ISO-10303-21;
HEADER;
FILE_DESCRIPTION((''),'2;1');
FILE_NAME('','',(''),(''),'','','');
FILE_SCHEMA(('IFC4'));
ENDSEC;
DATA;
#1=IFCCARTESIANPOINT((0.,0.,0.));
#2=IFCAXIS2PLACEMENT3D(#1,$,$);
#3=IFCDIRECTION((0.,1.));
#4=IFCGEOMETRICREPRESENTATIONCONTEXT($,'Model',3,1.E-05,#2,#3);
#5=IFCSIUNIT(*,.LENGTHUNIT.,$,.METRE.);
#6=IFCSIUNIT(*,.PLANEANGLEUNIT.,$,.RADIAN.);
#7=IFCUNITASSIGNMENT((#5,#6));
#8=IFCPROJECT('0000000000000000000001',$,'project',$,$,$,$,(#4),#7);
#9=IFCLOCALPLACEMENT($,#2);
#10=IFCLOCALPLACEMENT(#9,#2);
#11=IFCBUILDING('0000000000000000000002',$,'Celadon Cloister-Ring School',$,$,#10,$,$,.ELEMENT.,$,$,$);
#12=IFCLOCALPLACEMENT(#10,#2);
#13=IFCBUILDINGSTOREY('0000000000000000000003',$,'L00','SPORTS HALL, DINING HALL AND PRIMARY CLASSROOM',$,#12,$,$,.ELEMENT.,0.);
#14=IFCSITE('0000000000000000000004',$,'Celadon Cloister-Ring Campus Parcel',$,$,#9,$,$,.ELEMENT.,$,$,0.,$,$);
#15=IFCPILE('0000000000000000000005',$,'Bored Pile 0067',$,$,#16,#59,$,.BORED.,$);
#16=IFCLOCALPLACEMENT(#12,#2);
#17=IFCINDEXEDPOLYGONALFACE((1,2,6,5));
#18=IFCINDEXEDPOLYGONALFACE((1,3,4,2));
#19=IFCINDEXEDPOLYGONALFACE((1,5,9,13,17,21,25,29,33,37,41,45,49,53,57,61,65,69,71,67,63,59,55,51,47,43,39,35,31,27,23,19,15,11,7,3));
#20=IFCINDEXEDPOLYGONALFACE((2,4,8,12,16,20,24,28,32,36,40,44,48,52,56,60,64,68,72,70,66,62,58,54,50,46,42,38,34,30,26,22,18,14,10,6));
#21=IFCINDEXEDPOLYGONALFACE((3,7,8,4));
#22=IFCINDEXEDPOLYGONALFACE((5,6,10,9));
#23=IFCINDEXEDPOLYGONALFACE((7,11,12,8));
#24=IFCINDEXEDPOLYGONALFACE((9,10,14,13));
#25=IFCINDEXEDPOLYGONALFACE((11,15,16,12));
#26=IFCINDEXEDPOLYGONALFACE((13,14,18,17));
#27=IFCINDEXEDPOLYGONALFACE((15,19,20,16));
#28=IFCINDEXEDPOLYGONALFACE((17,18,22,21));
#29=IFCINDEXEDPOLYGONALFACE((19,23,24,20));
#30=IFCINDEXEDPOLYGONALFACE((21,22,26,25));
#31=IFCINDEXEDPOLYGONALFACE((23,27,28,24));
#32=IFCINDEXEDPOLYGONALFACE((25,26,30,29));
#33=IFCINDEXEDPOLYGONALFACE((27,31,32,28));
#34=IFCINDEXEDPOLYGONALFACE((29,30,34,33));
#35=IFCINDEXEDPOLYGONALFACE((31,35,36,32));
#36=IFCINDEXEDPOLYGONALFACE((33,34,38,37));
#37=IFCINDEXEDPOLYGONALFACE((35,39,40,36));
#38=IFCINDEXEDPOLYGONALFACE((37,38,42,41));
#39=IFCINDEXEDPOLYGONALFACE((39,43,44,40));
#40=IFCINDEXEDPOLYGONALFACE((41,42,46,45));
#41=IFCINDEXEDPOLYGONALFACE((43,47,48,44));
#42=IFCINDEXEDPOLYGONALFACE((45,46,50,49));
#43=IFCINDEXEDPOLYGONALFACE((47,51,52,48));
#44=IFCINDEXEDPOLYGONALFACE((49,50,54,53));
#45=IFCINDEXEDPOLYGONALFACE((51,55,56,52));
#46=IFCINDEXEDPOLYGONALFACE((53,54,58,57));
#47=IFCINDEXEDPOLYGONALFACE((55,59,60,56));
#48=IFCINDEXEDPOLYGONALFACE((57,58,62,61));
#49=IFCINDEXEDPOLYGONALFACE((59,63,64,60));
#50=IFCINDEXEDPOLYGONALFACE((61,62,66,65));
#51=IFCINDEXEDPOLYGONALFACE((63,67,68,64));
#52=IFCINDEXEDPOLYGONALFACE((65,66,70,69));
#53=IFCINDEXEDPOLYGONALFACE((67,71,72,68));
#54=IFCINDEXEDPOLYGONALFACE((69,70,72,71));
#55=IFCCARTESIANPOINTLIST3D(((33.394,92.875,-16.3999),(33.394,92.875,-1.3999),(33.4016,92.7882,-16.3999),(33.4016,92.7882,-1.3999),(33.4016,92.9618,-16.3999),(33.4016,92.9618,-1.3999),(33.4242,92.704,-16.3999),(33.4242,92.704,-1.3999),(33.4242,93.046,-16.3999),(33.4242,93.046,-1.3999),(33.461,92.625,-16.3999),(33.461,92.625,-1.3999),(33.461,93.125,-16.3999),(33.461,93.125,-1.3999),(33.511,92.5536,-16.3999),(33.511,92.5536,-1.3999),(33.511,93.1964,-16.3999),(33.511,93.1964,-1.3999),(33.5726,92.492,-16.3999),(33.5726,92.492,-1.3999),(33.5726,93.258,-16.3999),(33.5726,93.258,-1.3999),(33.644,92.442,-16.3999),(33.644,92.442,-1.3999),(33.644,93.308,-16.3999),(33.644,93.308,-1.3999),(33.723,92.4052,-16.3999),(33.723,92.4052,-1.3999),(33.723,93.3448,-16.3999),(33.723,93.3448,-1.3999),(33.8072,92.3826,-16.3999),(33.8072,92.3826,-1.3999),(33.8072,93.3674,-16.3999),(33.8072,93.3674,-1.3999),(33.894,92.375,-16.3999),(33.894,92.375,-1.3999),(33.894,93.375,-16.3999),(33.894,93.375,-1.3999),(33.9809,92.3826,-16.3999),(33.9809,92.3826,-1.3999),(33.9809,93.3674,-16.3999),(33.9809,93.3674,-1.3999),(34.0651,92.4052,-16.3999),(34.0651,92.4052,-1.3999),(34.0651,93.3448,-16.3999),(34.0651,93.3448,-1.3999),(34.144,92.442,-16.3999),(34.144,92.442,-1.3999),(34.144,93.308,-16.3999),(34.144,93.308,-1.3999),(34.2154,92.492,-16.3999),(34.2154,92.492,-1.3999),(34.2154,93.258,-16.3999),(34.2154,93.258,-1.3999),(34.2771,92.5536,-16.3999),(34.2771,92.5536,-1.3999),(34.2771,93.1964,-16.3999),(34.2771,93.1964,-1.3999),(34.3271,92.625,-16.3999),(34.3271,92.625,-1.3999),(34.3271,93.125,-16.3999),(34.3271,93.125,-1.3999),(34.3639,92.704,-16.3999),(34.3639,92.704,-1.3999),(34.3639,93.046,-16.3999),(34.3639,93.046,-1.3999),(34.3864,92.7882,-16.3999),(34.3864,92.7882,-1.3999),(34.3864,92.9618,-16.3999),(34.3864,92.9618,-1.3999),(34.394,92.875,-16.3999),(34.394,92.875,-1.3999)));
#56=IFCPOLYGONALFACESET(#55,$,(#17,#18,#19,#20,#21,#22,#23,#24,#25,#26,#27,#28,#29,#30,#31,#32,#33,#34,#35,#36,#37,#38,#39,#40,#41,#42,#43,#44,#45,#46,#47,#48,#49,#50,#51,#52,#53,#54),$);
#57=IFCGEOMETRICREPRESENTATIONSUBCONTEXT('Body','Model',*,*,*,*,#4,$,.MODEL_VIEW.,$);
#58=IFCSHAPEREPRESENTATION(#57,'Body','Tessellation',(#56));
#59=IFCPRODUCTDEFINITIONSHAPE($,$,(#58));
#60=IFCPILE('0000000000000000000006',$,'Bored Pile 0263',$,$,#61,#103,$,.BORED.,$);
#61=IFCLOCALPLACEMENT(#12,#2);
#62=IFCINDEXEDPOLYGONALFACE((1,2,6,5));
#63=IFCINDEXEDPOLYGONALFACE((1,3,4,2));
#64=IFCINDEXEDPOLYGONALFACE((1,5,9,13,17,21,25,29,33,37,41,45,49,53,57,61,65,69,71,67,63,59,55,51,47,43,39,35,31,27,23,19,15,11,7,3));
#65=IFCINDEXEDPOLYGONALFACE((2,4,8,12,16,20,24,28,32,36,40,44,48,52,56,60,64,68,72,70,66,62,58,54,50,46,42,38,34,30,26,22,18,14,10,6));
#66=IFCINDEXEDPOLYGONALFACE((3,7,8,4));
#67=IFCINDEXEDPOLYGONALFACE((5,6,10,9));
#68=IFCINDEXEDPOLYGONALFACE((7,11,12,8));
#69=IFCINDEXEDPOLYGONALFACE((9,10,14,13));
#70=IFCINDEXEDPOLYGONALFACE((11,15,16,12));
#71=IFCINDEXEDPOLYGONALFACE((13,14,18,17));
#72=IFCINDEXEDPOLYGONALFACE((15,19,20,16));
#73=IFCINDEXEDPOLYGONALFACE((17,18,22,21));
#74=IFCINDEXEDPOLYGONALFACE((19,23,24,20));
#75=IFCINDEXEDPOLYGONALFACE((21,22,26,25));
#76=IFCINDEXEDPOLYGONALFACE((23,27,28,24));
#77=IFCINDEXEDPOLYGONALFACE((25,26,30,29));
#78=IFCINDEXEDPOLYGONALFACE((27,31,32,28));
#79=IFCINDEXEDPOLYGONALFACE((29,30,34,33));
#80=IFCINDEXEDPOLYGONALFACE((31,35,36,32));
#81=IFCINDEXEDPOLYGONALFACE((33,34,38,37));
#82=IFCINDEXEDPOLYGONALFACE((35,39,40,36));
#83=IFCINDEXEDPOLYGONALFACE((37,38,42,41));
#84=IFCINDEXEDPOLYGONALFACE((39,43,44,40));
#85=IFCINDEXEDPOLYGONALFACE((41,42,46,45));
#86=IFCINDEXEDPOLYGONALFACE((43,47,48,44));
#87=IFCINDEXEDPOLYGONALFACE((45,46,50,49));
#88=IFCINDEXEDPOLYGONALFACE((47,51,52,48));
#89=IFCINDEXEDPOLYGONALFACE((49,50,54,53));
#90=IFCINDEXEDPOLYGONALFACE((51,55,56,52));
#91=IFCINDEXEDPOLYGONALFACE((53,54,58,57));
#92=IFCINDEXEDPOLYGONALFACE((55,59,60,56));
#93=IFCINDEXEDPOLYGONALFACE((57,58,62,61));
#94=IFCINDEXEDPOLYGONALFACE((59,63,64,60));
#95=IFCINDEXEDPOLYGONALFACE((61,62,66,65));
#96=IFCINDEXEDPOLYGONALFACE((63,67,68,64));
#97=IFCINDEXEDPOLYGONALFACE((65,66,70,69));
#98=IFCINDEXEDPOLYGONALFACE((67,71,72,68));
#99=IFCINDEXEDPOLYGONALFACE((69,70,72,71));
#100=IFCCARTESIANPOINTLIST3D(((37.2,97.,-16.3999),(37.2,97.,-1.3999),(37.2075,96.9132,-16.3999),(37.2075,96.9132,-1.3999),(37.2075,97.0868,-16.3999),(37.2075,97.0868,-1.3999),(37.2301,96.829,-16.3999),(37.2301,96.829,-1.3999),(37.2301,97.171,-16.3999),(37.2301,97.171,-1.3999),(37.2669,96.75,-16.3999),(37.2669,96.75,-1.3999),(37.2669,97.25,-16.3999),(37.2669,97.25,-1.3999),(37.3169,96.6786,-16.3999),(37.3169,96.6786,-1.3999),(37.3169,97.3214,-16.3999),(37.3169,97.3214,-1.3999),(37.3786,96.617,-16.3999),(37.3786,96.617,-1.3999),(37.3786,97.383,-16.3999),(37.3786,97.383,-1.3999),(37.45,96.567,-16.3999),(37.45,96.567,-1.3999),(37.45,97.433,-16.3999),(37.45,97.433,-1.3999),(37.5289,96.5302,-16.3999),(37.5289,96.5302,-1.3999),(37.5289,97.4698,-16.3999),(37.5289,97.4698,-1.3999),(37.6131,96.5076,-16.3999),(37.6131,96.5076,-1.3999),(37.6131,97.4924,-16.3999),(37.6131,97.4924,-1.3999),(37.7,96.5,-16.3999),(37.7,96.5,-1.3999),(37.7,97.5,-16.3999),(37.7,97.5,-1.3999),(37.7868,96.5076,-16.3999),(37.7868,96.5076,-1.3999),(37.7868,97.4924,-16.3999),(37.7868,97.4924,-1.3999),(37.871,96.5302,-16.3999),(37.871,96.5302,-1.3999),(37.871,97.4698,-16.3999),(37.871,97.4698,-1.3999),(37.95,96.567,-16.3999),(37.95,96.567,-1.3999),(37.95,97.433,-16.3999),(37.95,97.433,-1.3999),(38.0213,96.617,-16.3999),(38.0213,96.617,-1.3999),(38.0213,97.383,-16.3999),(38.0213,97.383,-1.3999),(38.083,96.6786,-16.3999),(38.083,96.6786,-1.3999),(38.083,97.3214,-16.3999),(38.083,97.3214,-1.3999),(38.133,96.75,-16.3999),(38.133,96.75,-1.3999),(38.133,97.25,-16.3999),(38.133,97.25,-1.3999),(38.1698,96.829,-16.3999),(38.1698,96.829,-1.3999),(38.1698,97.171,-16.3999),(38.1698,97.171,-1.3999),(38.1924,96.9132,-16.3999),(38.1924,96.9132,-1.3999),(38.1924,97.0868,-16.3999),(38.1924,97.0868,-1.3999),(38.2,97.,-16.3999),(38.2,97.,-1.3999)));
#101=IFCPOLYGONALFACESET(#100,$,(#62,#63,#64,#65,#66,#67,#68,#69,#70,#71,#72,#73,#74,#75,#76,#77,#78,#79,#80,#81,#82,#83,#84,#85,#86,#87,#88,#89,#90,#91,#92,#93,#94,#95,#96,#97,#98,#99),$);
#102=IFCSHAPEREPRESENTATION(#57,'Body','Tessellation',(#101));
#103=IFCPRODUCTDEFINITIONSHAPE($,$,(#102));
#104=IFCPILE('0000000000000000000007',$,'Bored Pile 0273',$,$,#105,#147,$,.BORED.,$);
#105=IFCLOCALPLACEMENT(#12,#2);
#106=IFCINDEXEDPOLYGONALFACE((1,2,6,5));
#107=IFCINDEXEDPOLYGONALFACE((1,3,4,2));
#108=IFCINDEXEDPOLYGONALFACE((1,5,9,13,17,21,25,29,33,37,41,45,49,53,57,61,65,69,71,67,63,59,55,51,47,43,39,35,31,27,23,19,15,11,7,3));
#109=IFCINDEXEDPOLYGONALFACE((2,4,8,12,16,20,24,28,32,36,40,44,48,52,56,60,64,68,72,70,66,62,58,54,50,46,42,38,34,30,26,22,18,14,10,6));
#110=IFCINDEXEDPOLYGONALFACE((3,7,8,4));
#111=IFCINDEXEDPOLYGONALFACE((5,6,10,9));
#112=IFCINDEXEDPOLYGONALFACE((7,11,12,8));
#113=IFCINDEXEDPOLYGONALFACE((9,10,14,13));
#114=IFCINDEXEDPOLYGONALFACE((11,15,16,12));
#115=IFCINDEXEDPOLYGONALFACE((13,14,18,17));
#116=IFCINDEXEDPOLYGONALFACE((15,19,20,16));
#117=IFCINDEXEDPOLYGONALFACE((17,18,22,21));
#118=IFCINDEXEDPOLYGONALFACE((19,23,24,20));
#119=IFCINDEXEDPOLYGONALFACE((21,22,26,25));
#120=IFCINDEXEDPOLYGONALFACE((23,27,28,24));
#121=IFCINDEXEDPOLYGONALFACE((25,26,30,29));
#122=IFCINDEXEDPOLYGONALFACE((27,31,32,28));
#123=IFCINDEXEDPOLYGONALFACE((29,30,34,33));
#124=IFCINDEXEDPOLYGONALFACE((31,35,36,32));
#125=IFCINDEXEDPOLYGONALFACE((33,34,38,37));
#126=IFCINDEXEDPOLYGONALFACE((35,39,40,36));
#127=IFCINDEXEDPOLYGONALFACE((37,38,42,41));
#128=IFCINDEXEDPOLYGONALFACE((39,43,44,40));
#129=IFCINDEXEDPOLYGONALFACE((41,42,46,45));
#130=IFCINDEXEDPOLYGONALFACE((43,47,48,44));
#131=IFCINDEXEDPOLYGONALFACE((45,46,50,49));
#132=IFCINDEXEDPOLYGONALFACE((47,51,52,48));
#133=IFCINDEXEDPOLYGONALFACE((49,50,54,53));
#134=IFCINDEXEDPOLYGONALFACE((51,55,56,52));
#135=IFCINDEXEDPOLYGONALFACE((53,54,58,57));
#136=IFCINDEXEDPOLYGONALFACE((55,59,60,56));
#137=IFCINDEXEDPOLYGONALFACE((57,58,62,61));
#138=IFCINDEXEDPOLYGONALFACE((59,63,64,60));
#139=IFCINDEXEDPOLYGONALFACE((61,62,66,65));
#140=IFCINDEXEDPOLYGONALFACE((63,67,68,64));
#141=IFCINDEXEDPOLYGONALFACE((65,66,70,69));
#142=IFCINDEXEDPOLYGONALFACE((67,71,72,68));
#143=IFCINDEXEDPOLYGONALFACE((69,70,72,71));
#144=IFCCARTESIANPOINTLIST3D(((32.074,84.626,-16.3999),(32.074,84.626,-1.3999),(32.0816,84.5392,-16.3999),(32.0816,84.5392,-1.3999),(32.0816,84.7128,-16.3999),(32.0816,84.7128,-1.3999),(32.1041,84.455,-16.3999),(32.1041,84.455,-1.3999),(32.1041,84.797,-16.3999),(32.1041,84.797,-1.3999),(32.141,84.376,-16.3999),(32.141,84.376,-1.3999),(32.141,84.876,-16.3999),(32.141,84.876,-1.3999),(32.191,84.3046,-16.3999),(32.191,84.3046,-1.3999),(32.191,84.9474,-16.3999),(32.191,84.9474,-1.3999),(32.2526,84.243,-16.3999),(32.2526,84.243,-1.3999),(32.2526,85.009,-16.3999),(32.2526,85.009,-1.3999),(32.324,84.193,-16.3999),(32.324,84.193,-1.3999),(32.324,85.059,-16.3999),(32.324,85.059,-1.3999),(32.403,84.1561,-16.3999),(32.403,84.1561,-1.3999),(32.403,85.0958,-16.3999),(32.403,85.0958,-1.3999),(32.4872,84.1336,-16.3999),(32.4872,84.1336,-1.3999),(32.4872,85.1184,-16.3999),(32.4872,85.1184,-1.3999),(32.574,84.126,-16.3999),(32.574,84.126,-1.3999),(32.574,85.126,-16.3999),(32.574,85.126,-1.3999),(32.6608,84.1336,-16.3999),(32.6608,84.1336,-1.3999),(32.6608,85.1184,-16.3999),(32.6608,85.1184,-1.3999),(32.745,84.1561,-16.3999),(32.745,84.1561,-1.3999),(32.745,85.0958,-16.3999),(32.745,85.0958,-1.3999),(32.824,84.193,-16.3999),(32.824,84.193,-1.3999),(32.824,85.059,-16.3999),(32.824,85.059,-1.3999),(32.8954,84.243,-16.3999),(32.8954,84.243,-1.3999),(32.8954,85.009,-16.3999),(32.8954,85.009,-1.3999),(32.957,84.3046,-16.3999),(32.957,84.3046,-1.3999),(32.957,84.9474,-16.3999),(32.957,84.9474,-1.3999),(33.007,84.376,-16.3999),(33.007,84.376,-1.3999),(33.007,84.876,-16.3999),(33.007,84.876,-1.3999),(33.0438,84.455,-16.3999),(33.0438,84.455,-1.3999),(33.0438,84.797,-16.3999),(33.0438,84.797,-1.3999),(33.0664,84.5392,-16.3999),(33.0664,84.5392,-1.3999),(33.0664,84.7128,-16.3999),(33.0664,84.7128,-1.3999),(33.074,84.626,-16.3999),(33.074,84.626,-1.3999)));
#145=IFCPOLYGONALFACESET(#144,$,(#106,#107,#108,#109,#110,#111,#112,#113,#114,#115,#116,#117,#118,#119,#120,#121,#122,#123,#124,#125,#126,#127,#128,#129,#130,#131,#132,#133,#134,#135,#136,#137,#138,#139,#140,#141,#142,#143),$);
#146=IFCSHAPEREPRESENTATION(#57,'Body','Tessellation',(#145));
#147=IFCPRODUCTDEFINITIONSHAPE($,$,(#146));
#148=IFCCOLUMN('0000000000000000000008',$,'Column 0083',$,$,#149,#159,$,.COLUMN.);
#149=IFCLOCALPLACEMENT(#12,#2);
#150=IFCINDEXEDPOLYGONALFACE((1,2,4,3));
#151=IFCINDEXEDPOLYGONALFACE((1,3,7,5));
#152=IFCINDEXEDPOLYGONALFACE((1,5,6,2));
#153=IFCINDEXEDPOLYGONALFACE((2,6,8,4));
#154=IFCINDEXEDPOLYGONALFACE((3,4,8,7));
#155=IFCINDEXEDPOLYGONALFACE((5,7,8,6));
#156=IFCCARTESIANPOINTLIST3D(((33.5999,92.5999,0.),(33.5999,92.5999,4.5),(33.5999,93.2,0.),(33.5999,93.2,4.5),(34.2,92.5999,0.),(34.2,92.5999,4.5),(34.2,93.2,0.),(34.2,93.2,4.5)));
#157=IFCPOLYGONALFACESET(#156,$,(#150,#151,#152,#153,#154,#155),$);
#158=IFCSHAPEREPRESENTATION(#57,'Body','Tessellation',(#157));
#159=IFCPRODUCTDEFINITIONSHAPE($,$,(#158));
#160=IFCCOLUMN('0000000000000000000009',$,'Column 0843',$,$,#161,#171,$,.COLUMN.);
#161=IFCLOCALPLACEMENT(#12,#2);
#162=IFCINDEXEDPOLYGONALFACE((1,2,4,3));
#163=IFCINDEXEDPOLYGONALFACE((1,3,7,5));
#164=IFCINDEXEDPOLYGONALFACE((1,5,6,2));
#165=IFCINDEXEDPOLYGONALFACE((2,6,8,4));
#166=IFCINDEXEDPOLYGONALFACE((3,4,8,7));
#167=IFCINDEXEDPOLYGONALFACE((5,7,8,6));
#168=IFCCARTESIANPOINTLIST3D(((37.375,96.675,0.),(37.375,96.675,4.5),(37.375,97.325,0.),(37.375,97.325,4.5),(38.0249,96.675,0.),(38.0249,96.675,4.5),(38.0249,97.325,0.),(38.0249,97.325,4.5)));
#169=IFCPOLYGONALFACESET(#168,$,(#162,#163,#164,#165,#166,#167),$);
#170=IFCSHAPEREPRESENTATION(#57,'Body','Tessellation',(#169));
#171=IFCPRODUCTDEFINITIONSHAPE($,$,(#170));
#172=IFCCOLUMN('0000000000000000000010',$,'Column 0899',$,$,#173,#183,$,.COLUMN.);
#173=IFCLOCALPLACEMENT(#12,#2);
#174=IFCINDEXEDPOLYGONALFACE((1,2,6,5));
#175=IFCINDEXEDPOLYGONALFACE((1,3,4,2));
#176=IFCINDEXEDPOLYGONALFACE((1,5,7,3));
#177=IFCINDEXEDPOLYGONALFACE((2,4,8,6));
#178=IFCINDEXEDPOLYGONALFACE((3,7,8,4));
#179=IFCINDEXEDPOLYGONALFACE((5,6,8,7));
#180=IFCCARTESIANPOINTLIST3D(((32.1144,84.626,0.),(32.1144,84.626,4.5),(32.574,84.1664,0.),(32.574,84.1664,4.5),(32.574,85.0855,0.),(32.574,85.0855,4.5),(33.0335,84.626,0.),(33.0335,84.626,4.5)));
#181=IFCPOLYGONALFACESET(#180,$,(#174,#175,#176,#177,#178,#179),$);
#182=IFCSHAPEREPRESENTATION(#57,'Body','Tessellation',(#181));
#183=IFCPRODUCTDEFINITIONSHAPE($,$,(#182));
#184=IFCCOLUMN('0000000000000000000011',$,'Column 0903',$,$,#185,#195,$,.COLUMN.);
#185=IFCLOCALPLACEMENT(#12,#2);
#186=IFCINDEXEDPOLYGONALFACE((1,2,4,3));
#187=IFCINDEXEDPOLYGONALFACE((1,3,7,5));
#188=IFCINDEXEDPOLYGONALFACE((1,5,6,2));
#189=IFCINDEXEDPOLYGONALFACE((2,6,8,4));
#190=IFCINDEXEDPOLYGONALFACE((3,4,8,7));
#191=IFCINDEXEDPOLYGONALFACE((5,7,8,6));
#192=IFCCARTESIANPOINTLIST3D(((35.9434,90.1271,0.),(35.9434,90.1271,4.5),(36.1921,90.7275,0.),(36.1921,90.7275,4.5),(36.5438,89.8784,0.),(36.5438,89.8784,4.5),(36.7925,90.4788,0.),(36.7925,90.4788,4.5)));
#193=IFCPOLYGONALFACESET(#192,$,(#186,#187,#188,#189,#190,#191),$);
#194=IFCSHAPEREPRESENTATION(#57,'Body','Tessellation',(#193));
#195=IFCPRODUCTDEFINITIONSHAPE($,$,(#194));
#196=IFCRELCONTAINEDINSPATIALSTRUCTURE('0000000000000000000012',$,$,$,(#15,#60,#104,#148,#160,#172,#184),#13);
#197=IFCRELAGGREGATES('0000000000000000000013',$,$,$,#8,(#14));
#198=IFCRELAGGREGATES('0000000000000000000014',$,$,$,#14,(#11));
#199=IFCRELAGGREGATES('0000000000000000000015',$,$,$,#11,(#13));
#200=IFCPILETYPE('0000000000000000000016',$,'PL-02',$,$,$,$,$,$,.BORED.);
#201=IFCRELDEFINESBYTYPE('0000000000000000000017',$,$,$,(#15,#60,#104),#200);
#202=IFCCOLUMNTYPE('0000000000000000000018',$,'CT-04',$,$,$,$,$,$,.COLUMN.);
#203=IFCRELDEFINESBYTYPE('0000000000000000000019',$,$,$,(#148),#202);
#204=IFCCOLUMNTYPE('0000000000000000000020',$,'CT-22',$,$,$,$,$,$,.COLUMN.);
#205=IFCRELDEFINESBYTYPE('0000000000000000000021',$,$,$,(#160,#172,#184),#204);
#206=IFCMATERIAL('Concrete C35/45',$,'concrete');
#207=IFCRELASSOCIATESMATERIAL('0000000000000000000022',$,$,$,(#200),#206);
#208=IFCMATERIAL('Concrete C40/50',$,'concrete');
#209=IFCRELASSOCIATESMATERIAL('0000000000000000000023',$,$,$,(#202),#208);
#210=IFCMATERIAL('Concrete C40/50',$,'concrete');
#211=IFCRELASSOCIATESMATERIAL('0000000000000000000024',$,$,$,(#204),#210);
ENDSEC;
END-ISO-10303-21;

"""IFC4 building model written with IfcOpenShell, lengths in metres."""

from ifc_helpers import new_model, si_unit, direction, frame, origin, origin_2d, place, context, subcontext, project, spatial, rectangle, circle, extrude, material, material_profile, profile_set, type_object, element, save


model = new_model("IFC4")

# Units and contexts
model_context = context("Model", 3, precision=1e-05, world=origin(), true_north=direction((0.0, 1.0)))
body_context = subcontext(model_context, "Body", "Model", "MODEL_VIEW")
ifc_project = project(units=[si_unit("LENGTHUNIT", "METRE"), si_unit("PLANEANGLEUNIT", "RADIAN")], contexts=[model_context])

# Site, building, storey
site_placement = place(None, origin())
site = spatial("IfcSite", under=ifc_project, at=site_placement, Name="Celadon Cloister-Ring Campus Parcel", CompositionType="ELEMENT", RefElevation=0.0)
building_placement = place(site_placement, origin())
building = spatial("IfcBuilding", under=site, at=building_placement, Name="Celadon Cloister-Ring School", CompositionType="ELEMENT")
storey_placement = place(building_placement, origin())
storey = spatial("IfcBuildingStorey", under=building, at=storey_placement, Name="L00", Description="SPORTS HALL, DINING HALL AND PRIMARY CLASSROOM", CompositionType="ELEMENT", Elevation=0.0)

# Piles
ifc_material_1 = material(Name="Concrete C35/45", Category="concrete")
ifc_material_profile_1 = material_profile(ifc_material_1, circle(Radius=0.5, at=origin_2d()), Name="PILE1000")
ifc_profile_set_1 = profile_set([ifc_material_profile_1], Name="Concrete C35/45")
pile_type = type_object("IfcPileType", Name="PL-02", PredefinedType="BORED", material=ifc_profile_set_1)
for number, where, z_axis, x_axis, name in (
    (1, (33.894, 92.875, -1.3999), (0.0, 0.0, -1.0), (1.0, 0.0, 0.0), "Bored Pile 0067"),
    (2, (37.7, 97.0, -1.3999), (0.0, 0.0, -1.0), (1.0, 0.0, 0.0), "Bored Pile 0263"),
    (3, (32.574, 84.626, -1.3999), (0.0, 0.0, -1.0), (1.0, 0.0, 0.0), "Bored Pile 0273"),
):
    element("IfcPile", number, at=place(storey_placement, frame(where, z_axis=z_axis, x_axis=x_axis)), inside=storey, type_object=pile_type, Name=name, PredefinedType="BORED", context=body_context, shape_type="SweptSolid", body=[
        extrude(circle(Radius=0.5, at=origin_2d()), origin(), (0.0, 0.0, 1.0), 15.0),
    ])

# Columns
ifc_material_2 = material(Name="Concrete C40/50", Category="concrete")
ifc_material_profile_2 = material_profile(ifc_material_2, rectangle(XDim=0.6001, YDim=0.6001, at=origin_2d()), Name="RC600X600")
ifc_profile_set_2 = profile_set([ifc_material_profile_2], Name="Concrete C40/50")
column_type_1 = type_object("IfcColumnType", Name="CT-04", PredefinedType="COLUMN", material=ifc_profile_set_2)
column_placement = place(storey_placement, frame((33.8999, 92.8999, 0.0), z_axis=(0.0, 0.0, 1.0), x_axis=(1.0, 0.0, 0.0)))
element("IfcColumn", 4, at=column_placement, inside=storey, type_object=column_type_1, Name="Column 0083", PredefinedType="COLUMN", context=body_context, shape_type="SweptSolid", body=[
    extrude(rectangle(XDim=0.6001, YDim=0.6001, at=origin_2d()), origin(), (0.0, 0.0, 1.0), 4.5),
])
ifc_material_3 = material(Name="Concrete C40/50", Category="concrete")
ifc_material_profile_3 = material_profile(ifc_material_3, rectangle(XDim=0.6499, YDim=0.6499, at=origin_2d()), Name="RC650X650")
ifc_profile_set_3 = profile_set([ifc_material_profile_3], Name="Concrete C40/50")
column_type_2 = type_object("IfcColumnType", Name="CT-22", PredefinedType="COLUMN", material=ifc_profile_set_3)
for number, where, z_axis, x_axis, name in (
    (5, (37.7, 97.0, 0.0), (0.0, 0.0, 1.0), (1.0, 0.0, 0.0), "Column 0843"),
    (6, (32.574, 84.626, 0.0), (0.0, 0.0, 1.0), (0.707107, -0.707107, 0.0), "Column 0899"),
    (7, (36.3679, 90.303, 0.0), (0.0, 0.0, 1.0), (0.92388, -0.382683, 0.0), "Column 0903"),
):
    element("IfcColumn", number, at=place(storey_placement, frame(where, z_axis=z_axis, x_axis=x_axis)), inside=storey, type_object=column_type_2, Name=name, PredefinedType="COLUMN", context=body_context, shape_type="SweptSolid", body=[
        extrude(rectangle(XDim=0.6499, YDim=0.6499, at=origin_2d()), origin(), (0.0, 0.0, 1.0), 4.5),
    ])

save(model, "model.ifc")
